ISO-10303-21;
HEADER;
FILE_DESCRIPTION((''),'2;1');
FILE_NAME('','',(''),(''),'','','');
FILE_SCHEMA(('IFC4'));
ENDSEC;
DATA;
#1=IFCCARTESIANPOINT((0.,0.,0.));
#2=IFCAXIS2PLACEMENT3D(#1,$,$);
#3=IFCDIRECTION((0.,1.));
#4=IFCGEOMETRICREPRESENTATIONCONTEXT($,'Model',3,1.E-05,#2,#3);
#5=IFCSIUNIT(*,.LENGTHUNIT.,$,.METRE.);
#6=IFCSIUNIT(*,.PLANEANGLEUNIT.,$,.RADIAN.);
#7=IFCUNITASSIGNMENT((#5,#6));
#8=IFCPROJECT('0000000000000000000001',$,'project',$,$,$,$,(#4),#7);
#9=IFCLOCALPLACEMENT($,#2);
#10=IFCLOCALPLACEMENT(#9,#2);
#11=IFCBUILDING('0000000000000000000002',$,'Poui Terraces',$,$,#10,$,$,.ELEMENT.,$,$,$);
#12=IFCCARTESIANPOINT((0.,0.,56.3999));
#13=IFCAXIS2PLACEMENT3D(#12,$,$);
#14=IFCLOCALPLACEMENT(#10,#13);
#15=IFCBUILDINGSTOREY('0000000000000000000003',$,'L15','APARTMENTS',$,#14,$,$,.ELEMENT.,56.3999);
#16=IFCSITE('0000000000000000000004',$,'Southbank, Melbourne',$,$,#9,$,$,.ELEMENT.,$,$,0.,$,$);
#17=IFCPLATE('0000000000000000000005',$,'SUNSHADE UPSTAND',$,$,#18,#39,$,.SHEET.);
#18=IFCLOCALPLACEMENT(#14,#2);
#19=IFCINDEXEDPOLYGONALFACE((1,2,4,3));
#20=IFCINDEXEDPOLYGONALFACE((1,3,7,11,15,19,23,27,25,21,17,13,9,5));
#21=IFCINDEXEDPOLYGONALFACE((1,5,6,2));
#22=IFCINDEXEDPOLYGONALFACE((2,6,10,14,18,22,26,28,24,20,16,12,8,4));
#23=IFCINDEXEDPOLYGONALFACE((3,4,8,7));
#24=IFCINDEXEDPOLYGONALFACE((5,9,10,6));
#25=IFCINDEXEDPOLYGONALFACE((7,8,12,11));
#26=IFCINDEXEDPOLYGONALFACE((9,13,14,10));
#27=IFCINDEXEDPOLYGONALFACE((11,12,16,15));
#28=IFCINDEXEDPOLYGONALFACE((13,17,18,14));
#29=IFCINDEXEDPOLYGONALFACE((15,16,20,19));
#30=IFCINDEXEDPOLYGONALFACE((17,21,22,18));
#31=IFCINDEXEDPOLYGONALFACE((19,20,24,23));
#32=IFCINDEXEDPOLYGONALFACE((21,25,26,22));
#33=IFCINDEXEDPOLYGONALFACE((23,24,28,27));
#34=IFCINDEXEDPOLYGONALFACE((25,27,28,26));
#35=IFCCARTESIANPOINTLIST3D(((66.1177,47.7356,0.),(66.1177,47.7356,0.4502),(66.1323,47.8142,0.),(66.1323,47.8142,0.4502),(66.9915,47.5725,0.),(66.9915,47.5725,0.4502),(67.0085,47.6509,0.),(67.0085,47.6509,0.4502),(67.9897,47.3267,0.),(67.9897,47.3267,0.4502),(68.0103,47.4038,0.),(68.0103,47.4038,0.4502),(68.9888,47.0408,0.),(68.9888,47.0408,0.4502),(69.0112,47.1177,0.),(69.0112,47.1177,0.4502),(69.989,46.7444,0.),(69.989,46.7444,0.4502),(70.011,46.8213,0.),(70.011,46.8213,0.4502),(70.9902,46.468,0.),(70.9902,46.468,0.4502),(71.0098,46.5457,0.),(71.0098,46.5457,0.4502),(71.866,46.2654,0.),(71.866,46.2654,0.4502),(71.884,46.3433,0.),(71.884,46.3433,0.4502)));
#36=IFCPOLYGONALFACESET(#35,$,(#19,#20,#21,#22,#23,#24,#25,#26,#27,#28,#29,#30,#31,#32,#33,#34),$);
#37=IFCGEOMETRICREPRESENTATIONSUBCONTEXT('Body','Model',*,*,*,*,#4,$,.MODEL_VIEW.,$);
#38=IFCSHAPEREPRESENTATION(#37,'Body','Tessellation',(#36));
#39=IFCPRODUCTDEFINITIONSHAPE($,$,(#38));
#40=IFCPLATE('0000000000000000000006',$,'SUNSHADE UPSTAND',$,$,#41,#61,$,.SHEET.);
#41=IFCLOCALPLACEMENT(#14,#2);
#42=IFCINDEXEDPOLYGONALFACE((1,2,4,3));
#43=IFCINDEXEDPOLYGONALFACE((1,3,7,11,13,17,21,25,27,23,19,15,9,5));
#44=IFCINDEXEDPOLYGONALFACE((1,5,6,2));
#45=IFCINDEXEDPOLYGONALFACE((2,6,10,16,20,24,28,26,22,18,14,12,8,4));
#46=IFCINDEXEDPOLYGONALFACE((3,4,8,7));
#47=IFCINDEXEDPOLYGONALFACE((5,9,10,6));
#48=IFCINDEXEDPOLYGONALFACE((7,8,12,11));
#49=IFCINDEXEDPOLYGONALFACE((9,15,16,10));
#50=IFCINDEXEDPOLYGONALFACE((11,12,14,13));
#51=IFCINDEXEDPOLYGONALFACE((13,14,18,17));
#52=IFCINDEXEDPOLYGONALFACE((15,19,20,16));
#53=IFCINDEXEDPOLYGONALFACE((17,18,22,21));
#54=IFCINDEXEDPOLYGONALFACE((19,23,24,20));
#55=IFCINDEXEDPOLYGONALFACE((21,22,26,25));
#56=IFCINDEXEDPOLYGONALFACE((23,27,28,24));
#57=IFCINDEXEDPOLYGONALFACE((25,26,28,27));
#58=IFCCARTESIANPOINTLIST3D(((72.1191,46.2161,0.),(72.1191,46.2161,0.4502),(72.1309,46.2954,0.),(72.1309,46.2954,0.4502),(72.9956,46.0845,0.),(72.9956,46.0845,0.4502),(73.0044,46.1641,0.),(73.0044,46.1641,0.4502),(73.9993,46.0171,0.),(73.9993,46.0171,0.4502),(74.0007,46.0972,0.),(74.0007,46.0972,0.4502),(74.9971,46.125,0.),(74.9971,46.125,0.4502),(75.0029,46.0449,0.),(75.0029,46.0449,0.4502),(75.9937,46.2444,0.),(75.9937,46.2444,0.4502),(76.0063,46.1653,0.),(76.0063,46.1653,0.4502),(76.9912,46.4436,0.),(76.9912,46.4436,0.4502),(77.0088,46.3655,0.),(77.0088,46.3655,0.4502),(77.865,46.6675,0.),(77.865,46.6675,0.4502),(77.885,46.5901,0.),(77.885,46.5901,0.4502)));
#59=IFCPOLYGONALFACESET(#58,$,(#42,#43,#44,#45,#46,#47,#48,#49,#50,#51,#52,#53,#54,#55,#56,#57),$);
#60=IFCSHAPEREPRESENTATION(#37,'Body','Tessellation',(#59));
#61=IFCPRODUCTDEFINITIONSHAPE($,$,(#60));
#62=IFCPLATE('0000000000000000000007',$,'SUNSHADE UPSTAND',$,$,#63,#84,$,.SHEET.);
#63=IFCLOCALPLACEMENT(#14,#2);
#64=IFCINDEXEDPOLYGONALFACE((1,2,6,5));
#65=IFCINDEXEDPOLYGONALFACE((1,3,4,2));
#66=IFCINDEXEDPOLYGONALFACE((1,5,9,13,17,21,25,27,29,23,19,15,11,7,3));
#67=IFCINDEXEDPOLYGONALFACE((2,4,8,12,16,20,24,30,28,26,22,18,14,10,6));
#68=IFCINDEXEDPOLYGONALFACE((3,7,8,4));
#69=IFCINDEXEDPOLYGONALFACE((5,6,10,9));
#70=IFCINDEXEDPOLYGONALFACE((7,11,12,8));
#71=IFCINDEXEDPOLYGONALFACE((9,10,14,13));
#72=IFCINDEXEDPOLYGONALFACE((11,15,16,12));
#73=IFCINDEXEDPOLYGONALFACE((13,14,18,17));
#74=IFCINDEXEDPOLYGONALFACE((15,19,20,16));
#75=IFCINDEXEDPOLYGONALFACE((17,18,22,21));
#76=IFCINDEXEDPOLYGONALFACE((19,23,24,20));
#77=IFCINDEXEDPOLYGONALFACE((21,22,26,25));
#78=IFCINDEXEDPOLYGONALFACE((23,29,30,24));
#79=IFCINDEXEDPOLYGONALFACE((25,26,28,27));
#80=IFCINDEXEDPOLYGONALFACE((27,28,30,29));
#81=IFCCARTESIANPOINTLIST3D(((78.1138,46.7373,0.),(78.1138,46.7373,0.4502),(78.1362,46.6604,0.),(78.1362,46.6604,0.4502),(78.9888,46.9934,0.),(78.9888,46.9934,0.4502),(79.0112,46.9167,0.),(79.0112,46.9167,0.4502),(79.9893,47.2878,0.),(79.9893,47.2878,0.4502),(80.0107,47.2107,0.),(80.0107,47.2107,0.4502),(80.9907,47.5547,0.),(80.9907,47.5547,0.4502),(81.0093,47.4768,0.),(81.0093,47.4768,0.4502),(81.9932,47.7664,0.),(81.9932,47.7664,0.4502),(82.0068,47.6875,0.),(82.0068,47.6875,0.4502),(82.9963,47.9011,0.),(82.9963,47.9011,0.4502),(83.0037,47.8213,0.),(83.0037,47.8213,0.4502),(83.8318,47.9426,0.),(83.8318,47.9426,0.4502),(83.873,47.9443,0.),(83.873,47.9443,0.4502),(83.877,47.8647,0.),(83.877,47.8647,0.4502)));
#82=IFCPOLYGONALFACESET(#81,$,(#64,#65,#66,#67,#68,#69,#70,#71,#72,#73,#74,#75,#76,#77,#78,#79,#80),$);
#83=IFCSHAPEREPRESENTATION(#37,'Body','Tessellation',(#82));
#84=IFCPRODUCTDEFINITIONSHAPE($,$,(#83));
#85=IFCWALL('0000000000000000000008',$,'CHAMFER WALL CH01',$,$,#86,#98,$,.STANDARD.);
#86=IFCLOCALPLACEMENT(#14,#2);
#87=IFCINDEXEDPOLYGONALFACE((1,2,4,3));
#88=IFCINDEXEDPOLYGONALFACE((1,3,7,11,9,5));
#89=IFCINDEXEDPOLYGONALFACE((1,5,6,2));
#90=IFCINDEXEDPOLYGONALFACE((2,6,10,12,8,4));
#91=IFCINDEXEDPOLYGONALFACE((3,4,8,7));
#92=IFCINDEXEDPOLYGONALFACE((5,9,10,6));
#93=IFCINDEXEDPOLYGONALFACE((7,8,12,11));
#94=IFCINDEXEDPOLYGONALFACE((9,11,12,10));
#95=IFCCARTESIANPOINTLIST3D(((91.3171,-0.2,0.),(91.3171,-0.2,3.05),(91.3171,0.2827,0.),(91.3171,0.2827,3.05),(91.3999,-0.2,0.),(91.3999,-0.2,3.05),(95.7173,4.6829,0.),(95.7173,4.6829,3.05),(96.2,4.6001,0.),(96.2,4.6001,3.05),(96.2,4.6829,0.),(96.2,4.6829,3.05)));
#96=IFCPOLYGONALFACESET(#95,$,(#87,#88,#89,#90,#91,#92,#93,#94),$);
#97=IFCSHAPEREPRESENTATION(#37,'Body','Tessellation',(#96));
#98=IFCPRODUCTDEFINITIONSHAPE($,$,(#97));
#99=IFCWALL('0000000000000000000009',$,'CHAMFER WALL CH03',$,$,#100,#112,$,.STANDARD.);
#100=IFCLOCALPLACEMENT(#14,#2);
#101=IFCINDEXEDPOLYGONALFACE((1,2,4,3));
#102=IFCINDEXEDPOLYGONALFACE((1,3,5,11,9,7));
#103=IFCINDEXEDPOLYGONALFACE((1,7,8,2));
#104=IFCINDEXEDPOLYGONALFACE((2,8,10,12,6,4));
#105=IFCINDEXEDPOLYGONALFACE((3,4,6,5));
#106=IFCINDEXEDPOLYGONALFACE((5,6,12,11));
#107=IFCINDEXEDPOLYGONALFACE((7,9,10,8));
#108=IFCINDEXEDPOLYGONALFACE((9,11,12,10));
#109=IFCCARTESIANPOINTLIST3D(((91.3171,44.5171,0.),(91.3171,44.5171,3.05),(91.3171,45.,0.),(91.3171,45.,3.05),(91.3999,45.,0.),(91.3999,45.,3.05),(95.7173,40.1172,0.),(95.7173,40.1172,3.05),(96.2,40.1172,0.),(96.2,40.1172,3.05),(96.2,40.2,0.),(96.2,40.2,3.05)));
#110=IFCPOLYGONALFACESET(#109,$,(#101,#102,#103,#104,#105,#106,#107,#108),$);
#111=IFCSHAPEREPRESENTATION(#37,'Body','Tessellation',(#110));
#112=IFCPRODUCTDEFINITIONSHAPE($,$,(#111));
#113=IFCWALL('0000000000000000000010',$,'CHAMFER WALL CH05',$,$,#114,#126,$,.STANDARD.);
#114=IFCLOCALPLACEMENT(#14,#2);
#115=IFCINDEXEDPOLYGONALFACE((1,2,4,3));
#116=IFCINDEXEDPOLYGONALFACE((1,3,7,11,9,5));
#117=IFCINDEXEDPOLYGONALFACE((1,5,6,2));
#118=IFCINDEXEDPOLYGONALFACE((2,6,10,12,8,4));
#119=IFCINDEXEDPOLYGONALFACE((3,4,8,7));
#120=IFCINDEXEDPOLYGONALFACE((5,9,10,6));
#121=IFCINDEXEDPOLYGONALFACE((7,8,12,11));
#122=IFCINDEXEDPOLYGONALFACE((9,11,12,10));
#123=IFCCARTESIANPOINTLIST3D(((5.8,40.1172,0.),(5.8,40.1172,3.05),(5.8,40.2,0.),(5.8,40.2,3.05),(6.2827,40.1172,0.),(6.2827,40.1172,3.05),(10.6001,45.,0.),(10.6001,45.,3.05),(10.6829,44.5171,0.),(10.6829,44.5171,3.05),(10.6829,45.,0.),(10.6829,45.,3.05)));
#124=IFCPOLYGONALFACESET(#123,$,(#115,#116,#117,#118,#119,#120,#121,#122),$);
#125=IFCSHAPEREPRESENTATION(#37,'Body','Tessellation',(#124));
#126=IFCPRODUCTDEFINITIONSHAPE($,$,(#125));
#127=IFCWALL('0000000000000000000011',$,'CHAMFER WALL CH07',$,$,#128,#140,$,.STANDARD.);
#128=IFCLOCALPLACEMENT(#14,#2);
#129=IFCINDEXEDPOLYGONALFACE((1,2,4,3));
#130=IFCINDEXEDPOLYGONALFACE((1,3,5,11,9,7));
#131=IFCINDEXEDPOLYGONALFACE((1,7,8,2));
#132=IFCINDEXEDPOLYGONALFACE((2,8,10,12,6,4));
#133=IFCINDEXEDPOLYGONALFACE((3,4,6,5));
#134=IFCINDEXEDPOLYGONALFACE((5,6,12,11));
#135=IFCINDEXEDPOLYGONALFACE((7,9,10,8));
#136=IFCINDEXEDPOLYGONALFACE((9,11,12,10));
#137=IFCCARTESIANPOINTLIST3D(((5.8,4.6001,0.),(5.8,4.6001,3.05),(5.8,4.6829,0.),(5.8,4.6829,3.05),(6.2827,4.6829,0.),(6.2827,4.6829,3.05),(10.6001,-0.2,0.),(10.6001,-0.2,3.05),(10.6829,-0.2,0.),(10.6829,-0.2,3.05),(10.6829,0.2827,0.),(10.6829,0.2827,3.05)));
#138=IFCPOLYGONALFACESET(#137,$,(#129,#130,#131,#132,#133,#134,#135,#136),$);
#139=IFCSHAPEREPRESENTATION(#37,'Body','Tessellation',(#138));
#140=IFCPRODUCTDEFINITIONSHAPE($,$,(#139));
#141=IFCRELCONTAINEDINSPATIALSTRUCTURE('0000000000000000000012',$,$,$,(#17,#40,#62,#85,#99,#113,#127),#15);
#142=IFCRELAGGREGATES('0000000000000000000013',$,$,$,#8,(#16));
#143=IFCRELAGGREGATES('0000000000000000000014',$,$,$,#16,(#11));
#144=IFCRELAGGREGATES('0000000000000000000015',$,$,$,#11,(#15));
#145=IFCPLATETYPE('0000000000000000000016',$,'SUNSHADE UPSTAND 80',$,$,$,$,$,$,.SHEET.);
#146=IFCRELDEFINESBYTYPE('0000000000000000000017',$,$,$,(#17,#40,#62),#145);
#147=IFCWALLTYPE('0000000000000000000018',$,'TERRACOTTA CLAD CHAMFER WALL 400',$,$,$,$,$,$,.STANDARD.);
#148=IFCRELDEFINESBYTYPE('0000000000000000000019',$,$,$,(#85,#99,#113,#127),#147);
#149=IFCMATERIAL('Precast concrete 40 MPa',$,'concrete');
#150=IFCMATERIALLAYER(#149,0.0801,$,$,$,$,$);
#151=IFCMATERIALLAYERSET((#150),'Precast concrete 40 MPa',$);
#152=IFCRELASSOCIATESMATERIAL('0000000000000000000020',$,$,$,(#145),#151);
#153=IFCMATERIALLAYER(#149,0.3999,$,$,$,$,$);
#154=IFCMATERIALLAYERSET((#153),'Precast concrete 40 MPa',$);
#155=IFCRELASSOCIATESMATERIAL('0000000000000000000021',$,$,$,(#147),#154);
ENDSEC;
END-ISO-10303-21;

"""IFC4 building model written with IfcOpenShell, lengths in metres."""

from ifc_helpers import new_model, si_unit, direction, frame, origin, place, context, subcontext, project, spatial, polyline, outline, extrude, material, layer, layer_set, type_object, element, save


model = new_model("IFC4")

# Units and contexts
model_context = context("Model", 3, precision=1e-05, world=origin(), true_north=direction((0.0, 1.0)))
body_context = subcontext(model_context, "Body", "Model", "MODEL_VIEW")
ifc_project = project(units=[si_unit("LENGTHUNIT", "METRE"), si_unit("PLANEANGLEUNIT", "RADIAN")], contexts=[model_context])

# Site, building, storey
site_placement = place(None, origin())
site = spatial("IfcSite", under=ifc_project, at=site_placement, Name="Southbank, Melbourne", CompositionType="ELEMENT", RefElevation=0.0)
building_placement = place(site_placement, origin())
building = spatial("IfcBuilding", under=site, at=building_placement, Name="Poui Terraces", CompositionType="ELEMENT")
storey_placement = place(building_placement, frame((0.0, 0.0, 56.3999)))
storey = spatial("IfcBuildingStorey", under=building, at=storey_placement, Name="L15", Description="APARTMENTS", CompositionType="ELEMENT", Elevation=56.3999)

# Shared definitions
ifc_material_1 = material(Name="Precast concrete 40 MPa", Category="concrete")

# Plates
ifc_layer_1 = layer(ifc_material_1, 0.0801)
ifc_layer_set_1 = layer_set([ifc_layer_1], Name="Precast concrete 40 MPa")
plate_type = type_object("IfcPlateType", Name="SUNSHADE UPSTAND 80", PredefinedType="SHEET", material=ifc_layer_set_1)
plate_1_placement = place(storey_placement, origin())
element("IfcPlate", 1, at=plate_1_placement, inside=storey, type_object=plate_type, Name="SUNSHADE UPSTAND", PredefinedType="SHEET", context=body_context, shape_type="SweptSolid", body=[
    extrude(outline(polyline([(67.0085, 47.6509), (66.1323, 47.8142), (66.1177, 47.7356), (66.9915, 47.5725), (67.9897, 47.3267), (68.9888, 47.0408), (69.989, 46.7444), (70.9902, 46.468), (71.866, 46.2654), (71.884, 46.3433), (71.0098, 46.5457), (70.011, 46.8213), (69.0112, 47.1177), (68.0103, 47.4038), (67.0085, 47.6509)])), origin(), (0.0, 0.0, 1.0), 0.4502),
])
plate_2_placement = place(storey_placement, origin())
element("IfcPlate", 2, at=plate_2_placement, inside=storey, type_object=plate_type, Name="SUNSHADE UPSTAND", PredefinedType="SHEET", context=body_context, shape_type="SweptSolid", body=[
    extrude(outline(polyline([(73.0044, 46.1641), (72.1309, 46.2954), (72.1191, 46.2161), (72.9956, 46.0845), (73.9993, 46.0171), (75.0029, 46.0449), (76.0063, 46.1653), (77.0088, 46.3655), (77.885, 46.5901), (77.865, 46.6675), (76.9912, 46.4436), (75.9937, 46.2444), (74.9971, 46.125), (74.0007, 46.0972), (73.0044, 46.1641)])), origin(), (0.0, 0.0, 1.0), 0.4502),
])
plate_3_placement = place(storey_placement, origin())
element("IfcPlate", 3, at=plate_3_placement, inside=storey, type_object=plate_type, Name="SUNSHADE UPSTAND", PredefinedType="SHEET", context=body_context, shape_type="SweptSolid", body=[
    extrude(outline(polyline([(78.9888, 46.9934), (78.1138, 46.7373), (78.1362, 46.6604), (79.0112, 46.9167), (80.0107, 47.2107), (81.0093, 47.4768), (82.0068, 47.6875), (83.0037, 47.8213), (83.877, 47.8647), (83.873, 47.9443), (83.8318, 47.9426), (82.9963, 47.9011), (81.9932, 47.7664), (80.9907, 47.5547), (79.9893, 47.2878), (78.9888, 46.9934)])), origin(), (0.0, 0.0, 1.0), 0.4502),
])

# Walls
ifc_layer_2 = layer(ifc_material_1, 0.3999)
ifc_layer_set_2 = layer_set([ifc_layer_2], Name="Precast concrete 40 MPa")
wall_type = type_object("IfcWallType", Name="TERRACOTTA CLAD CHAMFER WALL 400", PredefinedType="STANDARD", material=ifc_layer_set_2)
wall_1_placement = place(storey_placement, origin())
element("IfcWall", 4, at=wall_1_placement, inside=storey, type_object=wall_type, Name="CHAMFER WALL CH01", PredefinedType="STANDARD", context=body_context, shape_type="SweptSolid", body=[
    extrude(outline(polyline([(91.3171, -0.2), (91.3999, -0.2), (96.2, 4.6001), (96.2, 4.6829), (95.7173, 4.6829), (91.3171, 0.2827), (91.3171, -0.2)])), origin(), (0.0, 0.0, 1.0), 3.05),
])
wall_2_placement = place(storey_placement, origin())
element("IfcWall", 5, at=wall_2_placement, inside=storey, type_object=wall_type, Name="CHAMFER WALL CH03", PredefinedType="STANDARD", context=body_context, shape_type="SweptSolid", body=[
    extrude(outline(polyline([(96.2, 40.1172), (96.2, 40.2), (91.3999, 45.0), (91.3171, 45.0), (91.3171, 44.5171), (95.7173, 40.1172), (96.2, 40.1172)])), origin(), (0.0, 0.0, 1.0), 3.05),
])
wall_3_placement = place(storey_placement, origin())
element("IfcWall", 6, at=wall_3_placement, inside=storey, type_object=wall_type, Name="CHAMFER WALL CH05", PredefinedType="STANDARD", context=body_context, shape_type="SweptSolid", body=[
    extrude(outline(polyline([(10.6829, 45.0), (10.6001, 45.0), (5.8, 40.2), (5.8, 40.1172), (6.2827, 40.1172), (10.6829, 44.5171), (10.6829, 45.0)])), origin(), (0.0, 0.0, 1.0), 3.05),
])
wall_4_placement = place(storey_placement, origin())
element("IfcWall", 7, at=wall_4_placement, inside=storey, type_object=wall_type, Name="CHAMFER WALL CH07", PredefinedType="STANDARD", context=body_context, shape_type="SweptSolid", body=[
    extrude(outline(polyline([(5.8, 4.6829), (5.8, 4.6001), (10.6001, -0.2), (10.6829, -0.2), (10.6829, 0.2827), (6.2827, 4.6829), (5.8, 4.6829)])), origin(), (0.0, 0.0, 1.0), 3.05),
])

save(model, "model.ifc")
